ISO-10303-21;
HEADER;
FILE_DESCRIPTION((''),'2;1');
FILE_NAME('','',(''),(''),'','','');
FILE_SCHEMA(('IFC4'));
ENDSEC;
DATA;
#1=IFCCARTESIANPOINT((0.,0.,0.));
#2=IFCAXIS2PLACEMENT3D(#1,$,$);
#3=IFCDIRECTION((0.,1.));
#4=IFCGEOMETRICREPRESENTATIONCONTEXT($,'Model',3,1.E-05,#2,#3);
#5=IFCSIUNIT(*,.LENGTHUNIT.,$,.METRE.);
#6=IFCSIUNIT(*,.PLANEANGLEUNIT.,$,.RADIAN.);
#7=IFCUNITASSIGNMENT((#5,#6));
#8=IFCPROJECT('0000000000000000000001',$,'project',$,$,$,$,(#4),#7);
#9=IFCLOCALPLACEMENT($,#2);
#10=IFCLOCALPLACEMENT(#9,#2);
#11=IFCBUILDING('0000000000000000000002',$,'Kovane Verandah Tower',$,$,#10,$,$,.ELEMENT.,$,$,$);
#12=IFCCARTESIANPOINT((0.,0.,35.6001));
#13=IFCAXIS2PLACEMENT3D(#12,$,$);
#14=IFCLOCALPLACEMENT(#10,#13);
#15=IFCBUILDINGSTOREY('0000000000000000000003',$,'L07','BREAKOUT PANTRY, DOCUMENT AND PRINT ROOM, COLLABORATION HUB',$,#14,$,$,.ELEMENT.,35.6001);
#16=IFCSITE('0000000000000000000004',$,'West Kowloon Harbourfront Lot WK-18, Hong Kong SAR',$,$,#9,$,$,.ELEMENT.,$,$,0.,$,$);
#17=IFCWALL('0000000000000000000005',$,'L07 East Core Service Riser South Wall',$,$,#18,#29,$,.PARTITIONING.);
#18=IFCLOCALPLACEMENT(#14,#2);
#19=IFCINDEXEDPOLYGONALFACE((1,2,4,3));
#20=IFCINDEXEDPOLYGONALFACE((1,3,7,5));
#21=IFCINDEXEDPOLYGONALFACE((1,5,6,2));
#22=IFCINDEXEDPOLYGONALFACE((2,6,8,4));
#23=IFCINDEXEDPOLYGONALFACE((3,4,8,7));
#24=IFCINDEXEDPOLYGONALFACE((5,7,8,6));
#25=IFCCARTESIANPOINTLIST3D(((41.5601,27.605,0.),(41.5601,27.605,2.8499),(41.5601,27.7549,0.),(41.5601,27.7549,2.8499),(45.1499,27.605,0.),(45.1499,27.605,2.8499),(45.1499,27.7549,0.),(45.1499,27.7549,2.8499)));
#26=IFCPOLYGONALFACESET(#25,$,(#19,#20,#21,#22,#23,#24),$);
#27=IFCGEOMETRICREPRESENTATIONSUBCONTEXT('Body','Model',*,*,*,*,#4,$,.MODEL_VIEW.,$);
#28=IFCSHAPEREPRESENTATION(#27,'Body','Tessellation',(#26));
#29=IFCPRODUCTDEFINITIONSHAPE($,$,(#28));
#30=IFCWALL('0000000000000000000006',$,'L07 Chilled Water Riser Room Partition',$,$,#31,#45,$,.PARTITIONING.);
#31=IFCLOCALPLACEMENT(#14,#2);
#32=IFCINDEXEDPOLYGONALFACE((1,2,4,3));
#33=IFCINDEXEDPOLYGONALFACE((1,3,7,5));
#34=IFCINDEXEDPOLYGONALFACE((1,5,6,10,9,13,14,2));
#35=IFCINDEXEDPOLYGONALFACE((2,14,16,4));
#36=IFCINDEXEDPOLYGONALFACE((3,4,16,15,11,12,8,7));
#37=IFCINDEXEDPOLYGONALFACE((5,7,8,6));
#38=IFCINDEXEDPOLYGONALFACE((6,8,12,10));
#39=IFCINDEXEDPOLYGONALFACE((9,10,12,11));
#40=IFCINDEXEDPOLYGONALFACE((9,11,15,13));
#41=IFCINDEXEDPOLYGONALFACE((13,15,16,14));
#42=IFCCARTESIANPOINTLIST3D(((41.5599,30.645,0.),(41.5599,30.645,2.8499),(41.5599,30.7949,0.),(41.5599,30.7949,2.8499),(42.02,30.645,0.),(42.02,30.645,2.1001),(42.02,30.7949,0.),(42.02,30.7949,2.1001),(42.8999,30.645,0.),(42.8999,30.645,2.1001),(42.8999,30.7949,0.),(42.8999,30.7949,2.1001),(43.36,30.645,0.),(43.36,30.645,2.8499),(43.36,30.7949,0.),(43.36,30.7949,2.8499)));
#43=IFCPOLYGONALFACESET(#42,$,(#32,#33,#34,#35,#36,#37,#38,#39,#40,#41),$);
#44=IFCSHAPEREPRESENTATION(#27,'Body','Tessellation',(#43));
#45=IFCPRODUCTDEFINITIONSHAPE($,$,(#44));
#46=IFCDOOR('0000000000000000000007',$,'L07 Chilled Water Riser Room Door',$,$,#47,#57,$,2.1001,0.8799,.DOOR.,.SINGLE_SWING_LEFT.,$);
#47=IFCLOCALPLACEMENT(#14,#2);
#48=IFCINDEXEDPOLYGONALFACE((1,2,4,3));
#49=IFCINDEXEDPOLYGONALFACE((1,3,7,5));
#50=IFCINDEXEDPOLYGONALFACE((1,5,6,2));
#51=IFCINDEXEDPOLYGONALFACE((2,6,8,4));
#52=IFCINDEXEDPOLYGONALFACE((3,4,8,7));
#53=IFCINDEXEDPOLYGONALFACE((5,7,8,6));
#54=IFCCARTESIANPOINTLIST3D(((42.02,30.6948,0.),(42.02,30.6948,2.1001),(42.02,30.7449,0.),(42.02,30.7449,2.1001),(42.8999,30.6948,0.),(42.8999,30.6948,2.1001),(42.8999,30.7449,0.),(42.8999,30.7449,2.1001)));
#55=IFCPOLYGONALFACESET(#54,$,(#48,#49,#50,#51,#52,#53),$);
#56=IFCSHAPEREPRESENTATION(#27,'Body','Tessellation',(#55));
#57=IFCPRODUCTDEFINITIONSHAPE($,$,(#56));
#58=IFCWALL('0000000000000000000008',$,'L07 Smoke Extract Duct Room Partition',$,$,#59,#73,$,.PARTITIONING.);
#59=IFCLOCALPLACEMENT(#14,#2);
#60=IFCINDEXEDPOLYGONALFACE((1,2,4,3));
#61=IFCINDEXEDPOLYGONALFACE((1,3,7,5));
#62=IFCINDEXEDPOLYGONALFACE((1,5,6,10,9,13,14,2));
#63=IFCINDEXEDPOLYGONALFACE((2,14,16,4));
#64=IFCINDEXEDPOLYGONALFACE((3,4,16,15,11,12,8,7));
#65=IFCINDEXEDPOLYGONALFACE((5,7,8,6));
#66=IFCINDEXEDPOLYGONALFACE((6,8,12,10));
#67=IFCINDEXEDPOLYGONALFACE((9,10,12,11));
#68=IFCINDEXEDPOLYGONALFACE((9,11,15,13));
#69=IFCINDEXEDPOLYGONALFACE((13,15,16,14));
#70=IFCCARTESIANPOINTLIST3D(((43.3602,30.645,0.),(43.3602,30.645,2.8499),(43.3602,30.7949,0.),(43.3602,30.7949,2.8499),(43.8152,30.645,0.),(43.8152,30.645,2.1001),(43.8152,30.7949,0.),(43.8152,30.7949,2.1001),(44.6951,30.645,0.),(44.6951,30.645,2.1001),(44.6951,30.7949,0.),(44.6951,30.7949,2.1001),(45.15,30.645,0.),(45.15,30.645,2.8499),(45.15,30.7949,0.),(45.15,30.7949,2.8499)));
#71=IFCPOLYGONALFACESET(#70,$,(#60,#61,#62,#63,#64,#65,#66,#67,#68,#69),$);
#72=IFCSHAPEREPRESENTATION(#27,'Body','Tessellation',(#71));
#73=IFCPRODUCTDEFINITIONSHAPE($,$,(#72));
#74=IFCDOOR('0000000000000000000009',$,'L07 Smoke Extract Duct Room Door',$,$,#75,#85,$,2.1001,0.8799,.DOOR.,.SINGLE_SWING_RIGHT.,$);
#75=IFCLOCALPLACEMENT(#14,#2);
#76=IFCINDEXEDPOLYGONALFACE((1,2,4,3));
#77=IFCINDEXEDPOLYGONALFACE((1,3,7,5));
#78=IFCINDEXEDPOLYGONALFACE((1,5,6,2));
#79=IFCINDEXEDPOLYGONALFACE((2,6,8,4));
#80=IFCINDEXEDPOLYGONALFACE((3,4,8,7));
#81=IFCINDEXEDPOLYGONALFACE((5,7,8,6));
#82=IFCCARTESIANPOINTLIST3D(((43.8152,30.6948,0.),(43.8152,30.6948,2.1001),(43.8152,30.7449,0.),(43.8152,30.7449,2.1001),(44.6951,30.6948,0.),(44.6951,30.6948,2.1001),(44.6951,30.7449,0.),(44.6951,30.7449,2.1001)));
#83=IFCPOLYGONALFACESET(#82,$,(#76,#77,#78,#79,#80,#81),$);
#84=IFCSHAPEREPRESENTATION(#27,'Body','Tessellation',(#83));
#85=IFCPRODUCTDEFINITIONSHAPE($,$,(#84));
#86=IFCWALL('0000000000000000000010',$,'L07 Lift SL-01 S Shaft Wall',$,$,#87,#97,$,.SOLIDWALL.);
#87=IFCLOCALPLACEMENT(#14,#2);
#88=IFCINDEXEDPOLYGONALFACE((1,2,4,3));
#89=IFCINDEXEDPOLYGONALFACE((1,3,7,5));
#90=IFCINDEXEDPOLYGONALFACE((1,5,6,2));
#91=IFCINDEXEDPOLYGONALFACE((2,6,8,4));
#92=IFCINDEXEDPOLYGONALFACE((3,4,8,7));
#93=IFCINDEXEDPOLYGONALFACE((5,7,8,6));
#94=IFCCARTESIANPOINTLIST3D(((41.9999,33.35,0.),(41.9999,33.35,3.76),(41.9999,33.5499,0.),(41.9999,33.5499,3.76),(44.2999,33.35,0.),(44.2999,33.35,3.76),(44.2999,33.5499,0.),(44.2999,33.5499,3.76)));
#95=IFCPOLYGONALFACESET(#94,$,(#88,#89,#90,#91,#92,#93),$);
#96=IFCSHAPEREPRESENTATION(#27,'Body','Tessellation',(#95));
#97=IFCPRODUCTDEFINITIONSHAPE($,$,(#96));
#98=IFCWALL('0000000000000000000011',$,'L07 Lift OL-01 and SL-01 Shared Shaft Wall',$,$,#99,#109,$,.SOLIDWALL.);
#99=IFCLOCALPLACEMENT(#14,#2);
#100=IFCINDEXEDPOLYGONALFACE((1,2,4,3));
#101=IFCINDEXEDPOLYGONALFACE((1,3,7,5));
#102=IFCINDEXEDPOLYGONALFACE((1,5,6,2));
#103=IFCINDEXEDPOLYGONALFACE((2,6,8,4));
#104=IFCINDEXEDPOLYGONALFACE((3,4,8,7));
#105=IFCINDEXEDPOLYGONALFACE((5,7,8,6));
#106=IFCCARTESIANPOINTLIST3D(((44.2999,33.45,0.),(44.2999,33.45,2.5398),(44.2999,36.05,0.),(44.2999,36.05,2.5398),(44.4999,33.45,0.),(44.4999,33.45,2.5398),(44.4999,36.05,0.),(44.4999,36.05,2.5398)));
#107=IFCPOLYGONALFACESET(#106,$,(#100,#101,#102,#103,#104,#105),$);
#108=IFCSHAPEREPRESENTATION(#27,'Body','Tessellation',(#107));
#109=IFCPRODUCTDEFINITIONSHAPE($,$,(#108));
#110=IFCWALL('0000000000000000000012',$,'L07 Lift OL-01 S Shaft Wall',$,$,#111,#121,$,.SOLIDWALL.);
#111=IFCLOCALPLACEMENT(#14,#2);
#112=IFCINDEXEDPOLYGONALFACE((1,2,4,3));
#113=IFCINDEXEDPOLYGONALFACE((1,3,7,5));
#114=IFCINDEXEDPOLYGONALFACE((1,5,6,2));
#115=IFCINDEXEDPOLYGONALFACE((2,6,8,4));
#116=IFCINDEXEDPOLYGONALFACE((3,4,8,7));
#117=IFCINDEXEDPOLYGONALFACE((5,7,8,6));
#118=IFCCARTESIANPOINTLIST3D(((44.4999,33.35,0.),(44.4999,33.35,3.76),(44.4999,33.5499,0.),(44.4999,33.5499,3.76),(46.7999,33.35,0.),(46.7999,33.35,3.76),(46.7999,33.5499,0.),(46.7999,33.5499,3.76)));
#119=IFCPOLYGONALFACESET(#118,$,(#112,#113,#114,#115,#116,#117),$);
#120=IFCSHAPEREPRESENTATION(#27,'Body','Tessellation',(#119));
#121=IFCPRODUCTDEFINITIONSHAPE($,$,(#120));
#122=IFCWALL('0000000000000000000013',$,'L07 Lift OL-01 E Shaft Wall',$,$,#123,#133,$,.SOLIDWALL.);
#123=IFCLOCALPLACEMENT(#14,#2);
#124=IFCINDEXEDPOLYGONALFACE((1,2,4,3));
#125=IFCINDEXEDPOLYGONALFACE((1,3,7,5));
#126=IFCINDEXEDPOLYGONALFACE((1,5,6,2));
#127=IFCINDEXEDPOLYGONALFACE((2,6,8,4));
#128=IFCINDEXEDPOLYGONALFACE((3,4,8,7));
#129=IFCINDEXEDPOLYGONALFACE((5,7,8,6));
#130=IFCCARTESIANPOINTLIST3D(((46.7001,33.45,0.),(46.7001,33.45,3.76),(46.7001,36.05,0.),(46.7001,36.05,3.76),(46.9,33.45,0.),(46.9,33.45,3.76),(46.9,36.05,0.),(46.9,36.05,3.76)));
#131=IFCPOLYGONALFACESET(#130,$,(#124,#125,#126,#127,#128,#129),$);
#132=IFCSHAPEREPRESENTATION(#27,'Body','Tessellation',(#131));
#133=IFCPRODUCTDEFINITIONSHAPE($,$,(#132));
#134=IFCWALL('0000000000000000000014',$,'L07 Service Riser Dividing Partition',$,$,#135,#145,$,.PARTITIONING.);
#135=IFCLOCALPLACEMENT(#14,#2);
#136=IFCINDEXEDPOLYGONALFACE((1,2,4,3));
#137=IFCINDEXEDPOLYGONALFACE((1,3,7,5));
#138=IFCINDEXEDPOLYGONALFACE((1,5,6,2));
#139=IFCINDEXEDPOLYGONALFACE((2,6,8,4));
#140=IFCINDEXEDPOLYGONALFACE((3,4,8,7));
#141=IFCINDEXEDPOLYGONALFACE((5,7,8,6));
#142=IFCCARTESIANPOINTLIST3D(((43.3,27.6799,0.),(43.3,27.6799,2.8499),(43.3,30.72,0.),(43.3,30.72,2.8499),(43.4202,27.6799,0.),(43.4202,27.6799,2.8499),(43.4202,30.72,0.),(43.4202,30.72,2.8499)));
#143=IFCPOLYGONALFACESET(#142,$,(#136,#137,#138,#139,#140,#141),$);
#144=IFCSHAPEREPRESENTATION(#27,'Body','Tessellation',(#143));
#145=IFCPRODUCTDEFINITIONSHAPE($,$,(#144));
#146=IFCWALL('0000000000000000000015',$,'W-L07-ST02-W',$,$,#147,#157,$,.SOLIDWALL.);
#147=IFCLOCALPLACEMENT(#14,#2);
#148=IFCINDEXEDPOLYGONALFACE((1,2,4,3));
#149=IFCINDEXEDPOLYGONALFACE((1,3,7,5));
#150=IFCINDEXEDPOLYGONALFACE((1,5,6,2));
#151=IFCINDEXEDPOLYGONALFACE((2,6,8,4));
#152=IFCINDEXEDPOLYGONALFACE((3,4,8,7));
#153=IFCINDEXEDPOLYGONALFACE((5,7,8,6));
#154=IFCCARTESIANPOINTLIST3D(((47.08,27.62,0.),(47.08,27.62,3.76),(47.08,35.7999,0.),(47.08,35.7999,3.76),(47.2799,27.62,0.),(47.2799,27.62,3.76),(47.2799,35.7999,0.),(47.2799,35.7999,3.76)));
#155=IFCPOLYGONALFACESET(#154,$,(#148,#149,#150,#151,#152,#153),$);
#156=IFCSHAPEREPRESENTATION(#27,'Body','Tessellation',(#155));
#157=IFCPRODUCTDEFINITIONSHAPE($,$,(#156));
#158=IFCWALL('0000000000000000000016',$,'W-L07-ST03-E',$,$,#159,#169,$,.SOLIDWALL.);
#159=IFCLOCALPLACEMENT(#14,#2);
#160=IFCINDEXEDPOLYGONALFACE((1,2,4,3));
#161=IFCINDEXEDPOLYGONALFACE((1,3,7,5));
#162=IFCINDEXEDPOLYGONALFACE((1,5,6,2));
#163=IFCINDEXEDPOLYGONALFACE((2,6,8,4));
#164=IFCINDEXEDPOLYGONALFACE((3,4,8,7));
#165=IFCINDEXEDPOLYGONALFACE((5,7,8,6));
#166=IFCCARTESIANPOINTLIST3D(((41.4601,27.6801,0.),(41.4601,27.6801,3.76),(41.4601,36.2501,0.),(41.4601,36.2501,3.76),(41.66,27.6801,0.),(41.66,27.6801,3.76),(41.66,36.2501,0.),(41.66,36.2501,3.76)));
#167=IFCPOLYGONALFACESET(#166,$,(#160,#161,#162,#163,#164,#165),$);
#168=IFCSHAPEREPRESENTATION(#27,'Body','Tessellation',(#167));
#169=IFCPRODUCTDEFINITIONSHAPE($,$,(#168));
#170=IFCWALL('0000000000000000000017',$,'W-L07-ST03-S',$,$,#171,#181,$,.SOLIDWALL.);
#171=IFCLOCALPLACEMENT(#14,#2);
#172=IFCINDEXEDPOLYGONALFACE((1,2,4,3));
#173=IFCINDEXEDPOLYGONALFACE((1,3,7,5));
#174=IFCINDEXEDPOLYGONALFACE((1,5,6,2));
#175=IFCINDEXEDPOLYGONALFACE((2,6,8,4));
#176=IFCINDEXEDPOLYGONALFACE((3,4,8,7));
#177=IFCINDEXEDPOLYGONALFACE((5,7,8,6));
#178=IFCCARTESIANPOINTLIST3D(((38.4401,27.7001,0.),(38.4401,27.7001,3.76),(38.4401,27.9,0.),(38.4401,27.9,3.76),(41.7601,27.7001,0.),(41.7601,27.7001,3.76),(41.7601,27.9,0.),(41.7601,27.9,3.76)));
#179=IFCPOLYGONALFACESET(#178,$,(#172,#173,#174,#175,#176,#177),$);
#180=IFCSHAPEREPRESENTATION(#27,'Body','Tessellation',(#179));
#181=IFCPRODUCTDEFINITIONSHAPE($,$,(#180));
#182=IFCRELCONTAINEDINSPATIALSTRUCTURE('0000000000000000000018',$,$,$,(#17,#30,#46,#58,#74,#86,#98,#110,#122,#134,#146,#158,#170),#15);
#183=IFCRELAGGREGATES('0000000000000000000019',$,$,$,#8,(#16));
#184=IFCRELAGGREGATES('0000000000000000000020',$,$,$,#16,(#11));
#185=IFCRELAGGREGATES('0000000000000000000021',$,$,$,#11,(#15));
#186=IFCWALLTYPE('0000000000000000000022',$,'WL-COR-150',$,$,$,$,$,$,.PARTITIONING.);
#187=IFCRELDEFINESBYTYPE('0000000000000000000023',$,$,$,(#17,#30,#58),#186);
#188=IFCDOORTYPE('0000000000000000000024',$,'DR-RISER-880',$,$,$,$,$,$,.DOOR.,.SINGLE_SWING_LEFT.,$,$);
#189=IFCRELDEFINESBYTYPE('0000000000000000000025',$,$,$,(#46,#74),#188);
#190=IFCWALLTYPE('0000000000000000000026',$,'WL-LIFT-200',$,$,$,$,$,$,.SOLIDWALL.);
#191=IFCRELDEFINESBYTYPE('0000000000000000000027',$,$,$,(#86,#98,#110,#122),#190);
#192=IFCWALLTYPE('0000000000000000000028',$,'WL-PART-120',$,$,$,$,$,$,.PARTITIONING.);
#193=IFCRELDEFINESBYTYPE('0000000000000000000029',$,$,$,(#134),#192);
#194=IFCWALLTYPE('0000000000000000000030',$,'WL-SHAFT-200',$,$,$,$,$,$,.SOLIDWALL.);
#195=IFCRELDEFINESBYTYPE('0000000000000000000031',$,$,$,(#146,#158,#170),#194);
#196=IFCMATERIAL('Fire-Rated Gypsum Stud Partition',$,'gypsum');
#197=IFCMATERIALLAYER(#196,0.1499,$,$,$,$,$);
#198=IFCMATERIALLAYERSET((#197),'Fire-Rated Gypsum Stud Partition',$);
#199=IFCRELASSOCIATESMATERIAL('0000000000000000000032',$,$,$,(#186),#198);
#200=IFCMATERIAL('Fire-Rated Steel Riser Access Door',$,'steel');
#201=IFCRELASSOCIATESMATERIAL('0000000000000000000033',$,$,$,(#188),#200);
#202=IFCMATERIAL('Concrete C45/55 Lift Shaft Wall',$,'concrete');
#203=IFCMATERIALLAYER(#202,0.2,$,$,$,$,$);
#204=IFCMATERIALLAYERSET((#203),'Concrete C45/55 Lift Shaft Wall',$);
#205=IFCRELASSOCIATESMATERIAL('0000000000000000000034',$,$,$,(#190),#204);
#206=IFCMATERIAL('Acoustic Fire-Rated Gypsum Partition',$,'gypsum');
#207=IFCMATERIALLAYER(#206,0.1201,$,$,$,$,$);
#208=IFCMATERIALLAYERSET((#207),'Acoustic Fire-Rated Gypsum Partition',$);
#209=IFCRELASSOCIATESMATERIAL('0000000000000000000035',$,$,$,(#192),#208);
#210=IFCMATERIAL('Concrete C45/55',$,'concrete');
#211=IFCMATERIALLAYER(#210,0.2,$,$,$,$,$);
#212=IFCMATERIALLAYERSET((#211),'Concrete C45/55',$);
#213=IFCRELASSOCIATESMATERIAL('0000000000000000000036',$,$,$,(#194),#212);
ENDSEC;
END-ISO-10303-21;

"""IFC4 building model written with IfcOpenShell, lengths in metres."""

from ifc_helpers import new_model, si_unit, direction, frame, frame_2d, origin, place, context, subcontext, project, spatial, rectangle, extrude, material, layer, layer_set, type_object, element, fill, save


model = new_model("IFC4")

# Units and contexts
model_context = context("Model", 3, precision=1e-05, world=origin(), true_north=direction((0.0, 1.0)))
body_context = subcontext(model_context, "Body", "Model", "MODEL_VIEW")
ifc_project = project(units=[si_unit("LENGTHUNIT", "METRE"), si_unit("PLANEANGLEUNIT", "RADIAN")], contexts=[model_context])

# Site, building, storey
site_placement = place(None, origin())
site = spatial("IfcSite", under=ifc_project, at=site_placement, Name="West Kowloon Harbourfront Lot WK-18, Hong Kong SAR", CompositionType="ELEMENT", RefElevation=0.0)
building_placement = place(site_placement, origin())
building = spatial("IfcBuilding", under=site, at=building_placement, Name="Kovane Verandah Tower", CompositionType="ELEMENT")
storey_placement = place(building_placement, frame((0.0, 0.0, 35.6001)))
storey = spatial("IfcBuildingStorey", under=building, at=storey_placement, Name="L07", Description="BREAKOUT PANTRY, DOCUMENT AND PRINT ROOM, COLLABORATION HUB", CompositionType="ELEMENT", Elevation=35.6001)

# Wall
ifc_material_1 = material(Name="Fire-Rated Gypsum Stud Partition", Category="gypsum")
ifc_layer_1 = layer(ifc_material_1, 0.1499)
ifc_layer_set_1 = layer_set([ifc_layer_1], Name="Fire-Rated Gypsum Stud Partition")
wall_type_1 = type_object("IfcWallType", Name="WL-COR-150", PredefinedType="PARTITIONING", material=ifc_layer_set_1)
wall_1_placement = place(storey_placement, frame((41.5601, 27.6799, 0.0), z_axis=(0.0, 0.0, 1.0), x_axis=(1.0, 0.0, 0.0)))
element("IfcWall", 1, at=wall_1_placement, inside=storey, type_object=wall_type_1, Name="L07 East Core Service Riser South Wall", PredefinedType="PARTITIONING", context=body_context, shape_type="SweptSolid", body=[
    extrude(rectangle(XDim=3.5898, YDim=0.1499, at=frame_2d((1.7949, 0.0))), origin(), (0.0, 0.0, 1.0), 2.8499),
])

# Walls, openings, doors
wall_2_placement = place(storey_placement, frame((41.5601, 30.72, 0.0), z_axis=(0.0, 0.0, 1.0), x_axis=(1.0, 0.0, 0.0)))
wall_2 = element("IfcWall", 2, at=wall_2_placement, inside=storey, type_object=wall_type_1, Name="L07 Chilled Water Riser Room Partition", PredefinedType="PARTITIONING", context=body_context, shape_type="SweptSolid", body=[
    extrude(rectangle(XDim=1.8, YDim=0.1499, at=frame_2d((0.8999, 0.0))), origin(), (0.0, 0.0, 1.0), 2.8499),
])
opening_1_placement = place(wall_2_placement, frame((0.46, 0.0, 0.0)))
opening_1 = element("IfcOpeningElement", 3, at=opening_1_placement, cuts=wall_2, PredefinedType="OPENING", context=body_context, shape_type="SweptSolid", body=[
    extrude(rectangle(XDim=0.8799, YDim=2.1001, at=frame_2d((0.4399, 1.05))), frame((0.0, 0.075, 0.0), z_axis=(0.0, -1.0, 0.0), x_axis=(1.0, 0.0, 0.0)), (0.0, 0.0, 1.0), 0.1499),
])
ifc_material_2 = material(Name="Fire-Rated Steel Riser Access Door", Category="steel")
door_type_1 = type_object("IfcDoorType", Name="DR-RISER-880", OperationType="SINGLE_SWING_LEFT", PredefinedType="DOOR", material=ifc_material_2)
door_1_placement = place(opening_1_placement, origin())
door_1 = element("IfcDoor", 4, at=door_1_placement, inside=storey, type_object=door_type_1, Name="L07 Chilled Water Riser Room Door", OperationType="SINGLE_SWING_LEFT", OverallHeight=2.1001, OverallWidth=0.8799, PredefinedType="DOOR", context=body_context, shape_type="SweptSolid", body=[
    extrude(rectangle(XDim=0.8799, YDim=2.1001, at=frame_2d((0.4399, 1.05))), frame((0.0, 0.0249, 0.0), z_axis=(0.0, -1.0, 0.0), x_axis=(1.0, 0.0, 0.0)), (0.0, 0.0, 1.0), 0.05),
])
fill(opening_1, door_1)
wall_3_placement = place(storey_placement, frame((43.3601, 30.72, 0.0), z_axis=(0.0, 0.0, 1.0), x_axis=(1.0, 0.0, 0.0)))
wall_3 = element("IfcWall", 5, at=wall_3_placement, inside=storey, type_object=wall_type_1, Name="L07 Smoke Extract Duct Room Partition", PredefinedType="PARTITIONING", context=body_context, shape_type="SweptSolid", body=[
    extrude(rectangle(XDim=1.7898, YDim=0.1499, at=frame_2d((0.895, 0.0))), origin(), (0.0, 0.0, 1.0), 2.8499),
])
opening_2_placement = place(wall_3_placement, frame((0.4551, 0.0, 0.0)))
opening_2 = element("IfcOpeningElement", 6, at=opening_2_placement, cuts=wall_3, PredefinedType="OPENING", context=body_context, shape_type="SweptSolid", body=[
    extrude(rectangle(XDim=0.8799, YDim=2.1001, at=frame_2d((0.4399, 1.05))), frame((0.0, 0.075, 0.0), z_axis=(0.0, -1.0, 0.0), x_axis=(1.0, 0.0, 0.0)), (0.0, 0.0, 1.0), 0.1499),
])
door_2_placement = place(opening_2_placement, origin())
door_2 = element("IfcDoor", 7, at=door_2_placement, inside=storey, type_object=door_type_1, Name="L07 Smoke Extract Duct Room Door", OperationType="SINGLE_SWING_RIGHT", OverallHeight=2.1001, OverallWidth=0.8799, PredefinedType="DOOR", context=body_context, shape_type="SweptSolid", body=[
    extrude(rectangle(XDim=0.8799, YDim=2.1001, at=frame_2d((0.4399, 1.05))), frame((0.0, 0.0249, 0.0), z_axis=(0.0, -1.0, 0.0), x_axis=(1.0, 0.0, 0.0)), (0.0, 0.0, 1.0), 0.05),
])
fill(opening_2, door_2)

# Walls
ifc_material_3 = material(Name="Concrete C45/55 Lift Shaft Wall", Category="concrete")
ifc_layer_2 = layer(ifc_material_3, 0.2)
ifc_layer_set_2 = layer_set([ifc_layer_2], Name="Concrete C45/55 Lift Shaft Wall")
wall_type_2 = type_object("IfcWallType", Name="WL-LIFT-200", PredefinedType="SOLIDWALL", material=ifc_layer_set_2)
wall_4_placement = place(storey_placement, frame((42.0, 33.45, 0.0), z_axis=(0.0, 0.0, 1.0), x_axis=(1.0, 0.0, 0.0)))
element("IfcWall", 8, at=wall_4_placement, inside=storey, type_object=wall_type_2, Name="L07 Lift SL-01 S Shaft Wall", PredefinedType="SOLIDWALL", context=body_context, shape_type="SweptSolid", body=[
    extrude(rectangle(XDim=2.3, YDim=0.2, at=frame_2d((1.1499, 0.0))), origin(), (0.0, 0.0, 1.0), 3.76),
])
wall_5_placement = place(storey_placement, frame((44.3999, 33.45, 0.0), z_axis=(0.0, 0.0, 1.0), x_axis=(0.0, 1.0, 0.0)))
element("IfcWall", 9, at=wall_5_placement, inside=storey, type_object=wall_type_2, Name="L07 Lift OL-01 and SL-01 Shared Shaft Wall", PredefinedType="SOLIDWALL", context=body_context, shape_type="SweptSolid", body=[
    extrude(rectangle(XDim=2.6001, YDim=0.2, at=frame_2d((1.3, 0.0))), origin(), (0.0, 0.0, 1.0), 2.5398),
])
wall_6_placement = place(storey_placement, frame((44.5, 33.45, 0.0), z_axis=(0.0, 0.0, 1.0), x_axis=(1.0, 0.0, 0.0)))
element("IfcWall", 10, at=wall_6_placement, inside=storey, type_object=wall_type_2, Name="L07 Lift OL-01 S Shaft Wall", PredefinedType="SOLIDWALL", context=body_context, shape_type="SweptSolid", body=[
    extrude(rectangle(XDim=2.3, YDim=0.2, at=frame_2d((1.1499, 0.0))), origin(), (0.0, 0.0, 1.0), 3.76),
])
wall_7_placement = place(storey_placement, frame((46.8, 33.45, 0.0), z_axis=(0.0, 0.0, 1.0), x_axis=(0.0, 1.0, 0.0)))
element("IfcWall", 11, at=wall_7_placement, inside=storey, type_object=wall_type_2, Name="L07 Lift OL-01 E Shaft Wall", PredefinedType="SOLIDWALL", context=body_context, shape_type="SweptSolid", body=[
    extrude(rectangle(XDim=2.6001, YDim=0.2, at=frame_2d((1.3, 0.0))), origin(), (0.0, 0.0, 1.0), 3.76),
])
ifc_material_4 = material(Name="Acoustic Fire-Rated Gypsum Partition", Category="gypsum")
ifc_layer_3 = layer(ifc_material_4, 0.1201)
ifc_layer_set_3 = layer_set([ifc_layer_3], Name="Acoustic Fire-Rated Gypsum Partition")
wall_type_3 = type_object("IfcWallType", Name="WL-PART-120", PredefinedType="PARTITIONING", material=ifc_layer_set_3)
wall_8_placement = place(storey_placement, frame((43.3601, 27.6799, 0.0), z_axis=(0.0, 0.0, 1.0), x_axis=(0.0, 1.0, 0.0)))
element("IfcWall", 12, at=wall_8_placement, inside=storey, type_object=wall_type_3, Name="L07 Service Riser Dividing Partition", PredefinedType="PARTITIONING", context=body_context, shape_type="SweptSolid", body=[
    extrude(rectangle(XDim=3.04, YDim=0.1201, at=frame_2d((1.52, 0.0))), origin(), (0.0, 0.0, 1.0), 2.8499),
])
ifc_material_5 = material(Name="Concrete C45/55", Category="concrete")
ifc_layer_4 = layer(ifc_material_5, 0.2)
ifc_layer_set_4 = layer_set([ifc_layer_4], Name="Concrete C45/55")
wall_type_4 = type_object("IfcWallType", Name="WL-SHAFT-200", PredefinedType="SOLIDWALL", material=ifc_layer_set_4)
wall_9_placement = place(storey_placement, frame((47.1799, 27.6201, 0.0), z_axis=(0.0, 0.0, 1.0), x_axis=(0.0, 1.0, 0.0)))
element("IfcWall", 13, at=wall_9_placement, inside=storey, type_object=wall_type_4, Name="W-L07-ST02-W", PredefinedType="SOLIDWALL", context=body_context, shape_type="SweptSolid", body=[
    extrude(rectangle(XDim=8.1799, YDim=0.2, at=frame_2d((4.0898, 0.0))), origin(), (0.0, 0.0, 1.0), 3.76),
])

# Walls
wall_10_placement = place(storey_placement, frame((41.5601, 27.6799, 0.0), z_axis=(0.0, 0.0, 1.0), x_axis=(0.0, 1.0, 0.0)))
element("IfcWall", 14, at=wall_10_placement, inside=storey, type_object=wall_type_4, Name="W-L07-ST03-E", PredefinedType="SOLIDWALL", context=body_context, shape_type="SweptSolid", body=[
    extrude(rectangle(XDim=8.5701, YDim=0.2, at=frame_2d((4.2852, 0.0))), origin(), (0.0, 0.0, 1.0), 3.76),
])
wall_11_placement = place(storey_placement, frame((38.4399, 27.8, 0.0), z_axis=(0.0, 0.0, 1.0), x_axis=(1.0, 0.0, 0.0)))
element("IfcWall", 15, at=wall_11_placement, inside=storey, type_object=wall_type_4, Name="W-L07-ST03-S", PredefinedType="SOLIDWALL", context=body_context, shape_type="SweptSolid", body=[
    extrude(rectangle(XDim=3.3201, YDim=0.2, at=frame_2d((1.6602, 0.0))), origin(), (0.0, 0.0, 1.0), 3.76),
])

save(model, "model.ifc")
